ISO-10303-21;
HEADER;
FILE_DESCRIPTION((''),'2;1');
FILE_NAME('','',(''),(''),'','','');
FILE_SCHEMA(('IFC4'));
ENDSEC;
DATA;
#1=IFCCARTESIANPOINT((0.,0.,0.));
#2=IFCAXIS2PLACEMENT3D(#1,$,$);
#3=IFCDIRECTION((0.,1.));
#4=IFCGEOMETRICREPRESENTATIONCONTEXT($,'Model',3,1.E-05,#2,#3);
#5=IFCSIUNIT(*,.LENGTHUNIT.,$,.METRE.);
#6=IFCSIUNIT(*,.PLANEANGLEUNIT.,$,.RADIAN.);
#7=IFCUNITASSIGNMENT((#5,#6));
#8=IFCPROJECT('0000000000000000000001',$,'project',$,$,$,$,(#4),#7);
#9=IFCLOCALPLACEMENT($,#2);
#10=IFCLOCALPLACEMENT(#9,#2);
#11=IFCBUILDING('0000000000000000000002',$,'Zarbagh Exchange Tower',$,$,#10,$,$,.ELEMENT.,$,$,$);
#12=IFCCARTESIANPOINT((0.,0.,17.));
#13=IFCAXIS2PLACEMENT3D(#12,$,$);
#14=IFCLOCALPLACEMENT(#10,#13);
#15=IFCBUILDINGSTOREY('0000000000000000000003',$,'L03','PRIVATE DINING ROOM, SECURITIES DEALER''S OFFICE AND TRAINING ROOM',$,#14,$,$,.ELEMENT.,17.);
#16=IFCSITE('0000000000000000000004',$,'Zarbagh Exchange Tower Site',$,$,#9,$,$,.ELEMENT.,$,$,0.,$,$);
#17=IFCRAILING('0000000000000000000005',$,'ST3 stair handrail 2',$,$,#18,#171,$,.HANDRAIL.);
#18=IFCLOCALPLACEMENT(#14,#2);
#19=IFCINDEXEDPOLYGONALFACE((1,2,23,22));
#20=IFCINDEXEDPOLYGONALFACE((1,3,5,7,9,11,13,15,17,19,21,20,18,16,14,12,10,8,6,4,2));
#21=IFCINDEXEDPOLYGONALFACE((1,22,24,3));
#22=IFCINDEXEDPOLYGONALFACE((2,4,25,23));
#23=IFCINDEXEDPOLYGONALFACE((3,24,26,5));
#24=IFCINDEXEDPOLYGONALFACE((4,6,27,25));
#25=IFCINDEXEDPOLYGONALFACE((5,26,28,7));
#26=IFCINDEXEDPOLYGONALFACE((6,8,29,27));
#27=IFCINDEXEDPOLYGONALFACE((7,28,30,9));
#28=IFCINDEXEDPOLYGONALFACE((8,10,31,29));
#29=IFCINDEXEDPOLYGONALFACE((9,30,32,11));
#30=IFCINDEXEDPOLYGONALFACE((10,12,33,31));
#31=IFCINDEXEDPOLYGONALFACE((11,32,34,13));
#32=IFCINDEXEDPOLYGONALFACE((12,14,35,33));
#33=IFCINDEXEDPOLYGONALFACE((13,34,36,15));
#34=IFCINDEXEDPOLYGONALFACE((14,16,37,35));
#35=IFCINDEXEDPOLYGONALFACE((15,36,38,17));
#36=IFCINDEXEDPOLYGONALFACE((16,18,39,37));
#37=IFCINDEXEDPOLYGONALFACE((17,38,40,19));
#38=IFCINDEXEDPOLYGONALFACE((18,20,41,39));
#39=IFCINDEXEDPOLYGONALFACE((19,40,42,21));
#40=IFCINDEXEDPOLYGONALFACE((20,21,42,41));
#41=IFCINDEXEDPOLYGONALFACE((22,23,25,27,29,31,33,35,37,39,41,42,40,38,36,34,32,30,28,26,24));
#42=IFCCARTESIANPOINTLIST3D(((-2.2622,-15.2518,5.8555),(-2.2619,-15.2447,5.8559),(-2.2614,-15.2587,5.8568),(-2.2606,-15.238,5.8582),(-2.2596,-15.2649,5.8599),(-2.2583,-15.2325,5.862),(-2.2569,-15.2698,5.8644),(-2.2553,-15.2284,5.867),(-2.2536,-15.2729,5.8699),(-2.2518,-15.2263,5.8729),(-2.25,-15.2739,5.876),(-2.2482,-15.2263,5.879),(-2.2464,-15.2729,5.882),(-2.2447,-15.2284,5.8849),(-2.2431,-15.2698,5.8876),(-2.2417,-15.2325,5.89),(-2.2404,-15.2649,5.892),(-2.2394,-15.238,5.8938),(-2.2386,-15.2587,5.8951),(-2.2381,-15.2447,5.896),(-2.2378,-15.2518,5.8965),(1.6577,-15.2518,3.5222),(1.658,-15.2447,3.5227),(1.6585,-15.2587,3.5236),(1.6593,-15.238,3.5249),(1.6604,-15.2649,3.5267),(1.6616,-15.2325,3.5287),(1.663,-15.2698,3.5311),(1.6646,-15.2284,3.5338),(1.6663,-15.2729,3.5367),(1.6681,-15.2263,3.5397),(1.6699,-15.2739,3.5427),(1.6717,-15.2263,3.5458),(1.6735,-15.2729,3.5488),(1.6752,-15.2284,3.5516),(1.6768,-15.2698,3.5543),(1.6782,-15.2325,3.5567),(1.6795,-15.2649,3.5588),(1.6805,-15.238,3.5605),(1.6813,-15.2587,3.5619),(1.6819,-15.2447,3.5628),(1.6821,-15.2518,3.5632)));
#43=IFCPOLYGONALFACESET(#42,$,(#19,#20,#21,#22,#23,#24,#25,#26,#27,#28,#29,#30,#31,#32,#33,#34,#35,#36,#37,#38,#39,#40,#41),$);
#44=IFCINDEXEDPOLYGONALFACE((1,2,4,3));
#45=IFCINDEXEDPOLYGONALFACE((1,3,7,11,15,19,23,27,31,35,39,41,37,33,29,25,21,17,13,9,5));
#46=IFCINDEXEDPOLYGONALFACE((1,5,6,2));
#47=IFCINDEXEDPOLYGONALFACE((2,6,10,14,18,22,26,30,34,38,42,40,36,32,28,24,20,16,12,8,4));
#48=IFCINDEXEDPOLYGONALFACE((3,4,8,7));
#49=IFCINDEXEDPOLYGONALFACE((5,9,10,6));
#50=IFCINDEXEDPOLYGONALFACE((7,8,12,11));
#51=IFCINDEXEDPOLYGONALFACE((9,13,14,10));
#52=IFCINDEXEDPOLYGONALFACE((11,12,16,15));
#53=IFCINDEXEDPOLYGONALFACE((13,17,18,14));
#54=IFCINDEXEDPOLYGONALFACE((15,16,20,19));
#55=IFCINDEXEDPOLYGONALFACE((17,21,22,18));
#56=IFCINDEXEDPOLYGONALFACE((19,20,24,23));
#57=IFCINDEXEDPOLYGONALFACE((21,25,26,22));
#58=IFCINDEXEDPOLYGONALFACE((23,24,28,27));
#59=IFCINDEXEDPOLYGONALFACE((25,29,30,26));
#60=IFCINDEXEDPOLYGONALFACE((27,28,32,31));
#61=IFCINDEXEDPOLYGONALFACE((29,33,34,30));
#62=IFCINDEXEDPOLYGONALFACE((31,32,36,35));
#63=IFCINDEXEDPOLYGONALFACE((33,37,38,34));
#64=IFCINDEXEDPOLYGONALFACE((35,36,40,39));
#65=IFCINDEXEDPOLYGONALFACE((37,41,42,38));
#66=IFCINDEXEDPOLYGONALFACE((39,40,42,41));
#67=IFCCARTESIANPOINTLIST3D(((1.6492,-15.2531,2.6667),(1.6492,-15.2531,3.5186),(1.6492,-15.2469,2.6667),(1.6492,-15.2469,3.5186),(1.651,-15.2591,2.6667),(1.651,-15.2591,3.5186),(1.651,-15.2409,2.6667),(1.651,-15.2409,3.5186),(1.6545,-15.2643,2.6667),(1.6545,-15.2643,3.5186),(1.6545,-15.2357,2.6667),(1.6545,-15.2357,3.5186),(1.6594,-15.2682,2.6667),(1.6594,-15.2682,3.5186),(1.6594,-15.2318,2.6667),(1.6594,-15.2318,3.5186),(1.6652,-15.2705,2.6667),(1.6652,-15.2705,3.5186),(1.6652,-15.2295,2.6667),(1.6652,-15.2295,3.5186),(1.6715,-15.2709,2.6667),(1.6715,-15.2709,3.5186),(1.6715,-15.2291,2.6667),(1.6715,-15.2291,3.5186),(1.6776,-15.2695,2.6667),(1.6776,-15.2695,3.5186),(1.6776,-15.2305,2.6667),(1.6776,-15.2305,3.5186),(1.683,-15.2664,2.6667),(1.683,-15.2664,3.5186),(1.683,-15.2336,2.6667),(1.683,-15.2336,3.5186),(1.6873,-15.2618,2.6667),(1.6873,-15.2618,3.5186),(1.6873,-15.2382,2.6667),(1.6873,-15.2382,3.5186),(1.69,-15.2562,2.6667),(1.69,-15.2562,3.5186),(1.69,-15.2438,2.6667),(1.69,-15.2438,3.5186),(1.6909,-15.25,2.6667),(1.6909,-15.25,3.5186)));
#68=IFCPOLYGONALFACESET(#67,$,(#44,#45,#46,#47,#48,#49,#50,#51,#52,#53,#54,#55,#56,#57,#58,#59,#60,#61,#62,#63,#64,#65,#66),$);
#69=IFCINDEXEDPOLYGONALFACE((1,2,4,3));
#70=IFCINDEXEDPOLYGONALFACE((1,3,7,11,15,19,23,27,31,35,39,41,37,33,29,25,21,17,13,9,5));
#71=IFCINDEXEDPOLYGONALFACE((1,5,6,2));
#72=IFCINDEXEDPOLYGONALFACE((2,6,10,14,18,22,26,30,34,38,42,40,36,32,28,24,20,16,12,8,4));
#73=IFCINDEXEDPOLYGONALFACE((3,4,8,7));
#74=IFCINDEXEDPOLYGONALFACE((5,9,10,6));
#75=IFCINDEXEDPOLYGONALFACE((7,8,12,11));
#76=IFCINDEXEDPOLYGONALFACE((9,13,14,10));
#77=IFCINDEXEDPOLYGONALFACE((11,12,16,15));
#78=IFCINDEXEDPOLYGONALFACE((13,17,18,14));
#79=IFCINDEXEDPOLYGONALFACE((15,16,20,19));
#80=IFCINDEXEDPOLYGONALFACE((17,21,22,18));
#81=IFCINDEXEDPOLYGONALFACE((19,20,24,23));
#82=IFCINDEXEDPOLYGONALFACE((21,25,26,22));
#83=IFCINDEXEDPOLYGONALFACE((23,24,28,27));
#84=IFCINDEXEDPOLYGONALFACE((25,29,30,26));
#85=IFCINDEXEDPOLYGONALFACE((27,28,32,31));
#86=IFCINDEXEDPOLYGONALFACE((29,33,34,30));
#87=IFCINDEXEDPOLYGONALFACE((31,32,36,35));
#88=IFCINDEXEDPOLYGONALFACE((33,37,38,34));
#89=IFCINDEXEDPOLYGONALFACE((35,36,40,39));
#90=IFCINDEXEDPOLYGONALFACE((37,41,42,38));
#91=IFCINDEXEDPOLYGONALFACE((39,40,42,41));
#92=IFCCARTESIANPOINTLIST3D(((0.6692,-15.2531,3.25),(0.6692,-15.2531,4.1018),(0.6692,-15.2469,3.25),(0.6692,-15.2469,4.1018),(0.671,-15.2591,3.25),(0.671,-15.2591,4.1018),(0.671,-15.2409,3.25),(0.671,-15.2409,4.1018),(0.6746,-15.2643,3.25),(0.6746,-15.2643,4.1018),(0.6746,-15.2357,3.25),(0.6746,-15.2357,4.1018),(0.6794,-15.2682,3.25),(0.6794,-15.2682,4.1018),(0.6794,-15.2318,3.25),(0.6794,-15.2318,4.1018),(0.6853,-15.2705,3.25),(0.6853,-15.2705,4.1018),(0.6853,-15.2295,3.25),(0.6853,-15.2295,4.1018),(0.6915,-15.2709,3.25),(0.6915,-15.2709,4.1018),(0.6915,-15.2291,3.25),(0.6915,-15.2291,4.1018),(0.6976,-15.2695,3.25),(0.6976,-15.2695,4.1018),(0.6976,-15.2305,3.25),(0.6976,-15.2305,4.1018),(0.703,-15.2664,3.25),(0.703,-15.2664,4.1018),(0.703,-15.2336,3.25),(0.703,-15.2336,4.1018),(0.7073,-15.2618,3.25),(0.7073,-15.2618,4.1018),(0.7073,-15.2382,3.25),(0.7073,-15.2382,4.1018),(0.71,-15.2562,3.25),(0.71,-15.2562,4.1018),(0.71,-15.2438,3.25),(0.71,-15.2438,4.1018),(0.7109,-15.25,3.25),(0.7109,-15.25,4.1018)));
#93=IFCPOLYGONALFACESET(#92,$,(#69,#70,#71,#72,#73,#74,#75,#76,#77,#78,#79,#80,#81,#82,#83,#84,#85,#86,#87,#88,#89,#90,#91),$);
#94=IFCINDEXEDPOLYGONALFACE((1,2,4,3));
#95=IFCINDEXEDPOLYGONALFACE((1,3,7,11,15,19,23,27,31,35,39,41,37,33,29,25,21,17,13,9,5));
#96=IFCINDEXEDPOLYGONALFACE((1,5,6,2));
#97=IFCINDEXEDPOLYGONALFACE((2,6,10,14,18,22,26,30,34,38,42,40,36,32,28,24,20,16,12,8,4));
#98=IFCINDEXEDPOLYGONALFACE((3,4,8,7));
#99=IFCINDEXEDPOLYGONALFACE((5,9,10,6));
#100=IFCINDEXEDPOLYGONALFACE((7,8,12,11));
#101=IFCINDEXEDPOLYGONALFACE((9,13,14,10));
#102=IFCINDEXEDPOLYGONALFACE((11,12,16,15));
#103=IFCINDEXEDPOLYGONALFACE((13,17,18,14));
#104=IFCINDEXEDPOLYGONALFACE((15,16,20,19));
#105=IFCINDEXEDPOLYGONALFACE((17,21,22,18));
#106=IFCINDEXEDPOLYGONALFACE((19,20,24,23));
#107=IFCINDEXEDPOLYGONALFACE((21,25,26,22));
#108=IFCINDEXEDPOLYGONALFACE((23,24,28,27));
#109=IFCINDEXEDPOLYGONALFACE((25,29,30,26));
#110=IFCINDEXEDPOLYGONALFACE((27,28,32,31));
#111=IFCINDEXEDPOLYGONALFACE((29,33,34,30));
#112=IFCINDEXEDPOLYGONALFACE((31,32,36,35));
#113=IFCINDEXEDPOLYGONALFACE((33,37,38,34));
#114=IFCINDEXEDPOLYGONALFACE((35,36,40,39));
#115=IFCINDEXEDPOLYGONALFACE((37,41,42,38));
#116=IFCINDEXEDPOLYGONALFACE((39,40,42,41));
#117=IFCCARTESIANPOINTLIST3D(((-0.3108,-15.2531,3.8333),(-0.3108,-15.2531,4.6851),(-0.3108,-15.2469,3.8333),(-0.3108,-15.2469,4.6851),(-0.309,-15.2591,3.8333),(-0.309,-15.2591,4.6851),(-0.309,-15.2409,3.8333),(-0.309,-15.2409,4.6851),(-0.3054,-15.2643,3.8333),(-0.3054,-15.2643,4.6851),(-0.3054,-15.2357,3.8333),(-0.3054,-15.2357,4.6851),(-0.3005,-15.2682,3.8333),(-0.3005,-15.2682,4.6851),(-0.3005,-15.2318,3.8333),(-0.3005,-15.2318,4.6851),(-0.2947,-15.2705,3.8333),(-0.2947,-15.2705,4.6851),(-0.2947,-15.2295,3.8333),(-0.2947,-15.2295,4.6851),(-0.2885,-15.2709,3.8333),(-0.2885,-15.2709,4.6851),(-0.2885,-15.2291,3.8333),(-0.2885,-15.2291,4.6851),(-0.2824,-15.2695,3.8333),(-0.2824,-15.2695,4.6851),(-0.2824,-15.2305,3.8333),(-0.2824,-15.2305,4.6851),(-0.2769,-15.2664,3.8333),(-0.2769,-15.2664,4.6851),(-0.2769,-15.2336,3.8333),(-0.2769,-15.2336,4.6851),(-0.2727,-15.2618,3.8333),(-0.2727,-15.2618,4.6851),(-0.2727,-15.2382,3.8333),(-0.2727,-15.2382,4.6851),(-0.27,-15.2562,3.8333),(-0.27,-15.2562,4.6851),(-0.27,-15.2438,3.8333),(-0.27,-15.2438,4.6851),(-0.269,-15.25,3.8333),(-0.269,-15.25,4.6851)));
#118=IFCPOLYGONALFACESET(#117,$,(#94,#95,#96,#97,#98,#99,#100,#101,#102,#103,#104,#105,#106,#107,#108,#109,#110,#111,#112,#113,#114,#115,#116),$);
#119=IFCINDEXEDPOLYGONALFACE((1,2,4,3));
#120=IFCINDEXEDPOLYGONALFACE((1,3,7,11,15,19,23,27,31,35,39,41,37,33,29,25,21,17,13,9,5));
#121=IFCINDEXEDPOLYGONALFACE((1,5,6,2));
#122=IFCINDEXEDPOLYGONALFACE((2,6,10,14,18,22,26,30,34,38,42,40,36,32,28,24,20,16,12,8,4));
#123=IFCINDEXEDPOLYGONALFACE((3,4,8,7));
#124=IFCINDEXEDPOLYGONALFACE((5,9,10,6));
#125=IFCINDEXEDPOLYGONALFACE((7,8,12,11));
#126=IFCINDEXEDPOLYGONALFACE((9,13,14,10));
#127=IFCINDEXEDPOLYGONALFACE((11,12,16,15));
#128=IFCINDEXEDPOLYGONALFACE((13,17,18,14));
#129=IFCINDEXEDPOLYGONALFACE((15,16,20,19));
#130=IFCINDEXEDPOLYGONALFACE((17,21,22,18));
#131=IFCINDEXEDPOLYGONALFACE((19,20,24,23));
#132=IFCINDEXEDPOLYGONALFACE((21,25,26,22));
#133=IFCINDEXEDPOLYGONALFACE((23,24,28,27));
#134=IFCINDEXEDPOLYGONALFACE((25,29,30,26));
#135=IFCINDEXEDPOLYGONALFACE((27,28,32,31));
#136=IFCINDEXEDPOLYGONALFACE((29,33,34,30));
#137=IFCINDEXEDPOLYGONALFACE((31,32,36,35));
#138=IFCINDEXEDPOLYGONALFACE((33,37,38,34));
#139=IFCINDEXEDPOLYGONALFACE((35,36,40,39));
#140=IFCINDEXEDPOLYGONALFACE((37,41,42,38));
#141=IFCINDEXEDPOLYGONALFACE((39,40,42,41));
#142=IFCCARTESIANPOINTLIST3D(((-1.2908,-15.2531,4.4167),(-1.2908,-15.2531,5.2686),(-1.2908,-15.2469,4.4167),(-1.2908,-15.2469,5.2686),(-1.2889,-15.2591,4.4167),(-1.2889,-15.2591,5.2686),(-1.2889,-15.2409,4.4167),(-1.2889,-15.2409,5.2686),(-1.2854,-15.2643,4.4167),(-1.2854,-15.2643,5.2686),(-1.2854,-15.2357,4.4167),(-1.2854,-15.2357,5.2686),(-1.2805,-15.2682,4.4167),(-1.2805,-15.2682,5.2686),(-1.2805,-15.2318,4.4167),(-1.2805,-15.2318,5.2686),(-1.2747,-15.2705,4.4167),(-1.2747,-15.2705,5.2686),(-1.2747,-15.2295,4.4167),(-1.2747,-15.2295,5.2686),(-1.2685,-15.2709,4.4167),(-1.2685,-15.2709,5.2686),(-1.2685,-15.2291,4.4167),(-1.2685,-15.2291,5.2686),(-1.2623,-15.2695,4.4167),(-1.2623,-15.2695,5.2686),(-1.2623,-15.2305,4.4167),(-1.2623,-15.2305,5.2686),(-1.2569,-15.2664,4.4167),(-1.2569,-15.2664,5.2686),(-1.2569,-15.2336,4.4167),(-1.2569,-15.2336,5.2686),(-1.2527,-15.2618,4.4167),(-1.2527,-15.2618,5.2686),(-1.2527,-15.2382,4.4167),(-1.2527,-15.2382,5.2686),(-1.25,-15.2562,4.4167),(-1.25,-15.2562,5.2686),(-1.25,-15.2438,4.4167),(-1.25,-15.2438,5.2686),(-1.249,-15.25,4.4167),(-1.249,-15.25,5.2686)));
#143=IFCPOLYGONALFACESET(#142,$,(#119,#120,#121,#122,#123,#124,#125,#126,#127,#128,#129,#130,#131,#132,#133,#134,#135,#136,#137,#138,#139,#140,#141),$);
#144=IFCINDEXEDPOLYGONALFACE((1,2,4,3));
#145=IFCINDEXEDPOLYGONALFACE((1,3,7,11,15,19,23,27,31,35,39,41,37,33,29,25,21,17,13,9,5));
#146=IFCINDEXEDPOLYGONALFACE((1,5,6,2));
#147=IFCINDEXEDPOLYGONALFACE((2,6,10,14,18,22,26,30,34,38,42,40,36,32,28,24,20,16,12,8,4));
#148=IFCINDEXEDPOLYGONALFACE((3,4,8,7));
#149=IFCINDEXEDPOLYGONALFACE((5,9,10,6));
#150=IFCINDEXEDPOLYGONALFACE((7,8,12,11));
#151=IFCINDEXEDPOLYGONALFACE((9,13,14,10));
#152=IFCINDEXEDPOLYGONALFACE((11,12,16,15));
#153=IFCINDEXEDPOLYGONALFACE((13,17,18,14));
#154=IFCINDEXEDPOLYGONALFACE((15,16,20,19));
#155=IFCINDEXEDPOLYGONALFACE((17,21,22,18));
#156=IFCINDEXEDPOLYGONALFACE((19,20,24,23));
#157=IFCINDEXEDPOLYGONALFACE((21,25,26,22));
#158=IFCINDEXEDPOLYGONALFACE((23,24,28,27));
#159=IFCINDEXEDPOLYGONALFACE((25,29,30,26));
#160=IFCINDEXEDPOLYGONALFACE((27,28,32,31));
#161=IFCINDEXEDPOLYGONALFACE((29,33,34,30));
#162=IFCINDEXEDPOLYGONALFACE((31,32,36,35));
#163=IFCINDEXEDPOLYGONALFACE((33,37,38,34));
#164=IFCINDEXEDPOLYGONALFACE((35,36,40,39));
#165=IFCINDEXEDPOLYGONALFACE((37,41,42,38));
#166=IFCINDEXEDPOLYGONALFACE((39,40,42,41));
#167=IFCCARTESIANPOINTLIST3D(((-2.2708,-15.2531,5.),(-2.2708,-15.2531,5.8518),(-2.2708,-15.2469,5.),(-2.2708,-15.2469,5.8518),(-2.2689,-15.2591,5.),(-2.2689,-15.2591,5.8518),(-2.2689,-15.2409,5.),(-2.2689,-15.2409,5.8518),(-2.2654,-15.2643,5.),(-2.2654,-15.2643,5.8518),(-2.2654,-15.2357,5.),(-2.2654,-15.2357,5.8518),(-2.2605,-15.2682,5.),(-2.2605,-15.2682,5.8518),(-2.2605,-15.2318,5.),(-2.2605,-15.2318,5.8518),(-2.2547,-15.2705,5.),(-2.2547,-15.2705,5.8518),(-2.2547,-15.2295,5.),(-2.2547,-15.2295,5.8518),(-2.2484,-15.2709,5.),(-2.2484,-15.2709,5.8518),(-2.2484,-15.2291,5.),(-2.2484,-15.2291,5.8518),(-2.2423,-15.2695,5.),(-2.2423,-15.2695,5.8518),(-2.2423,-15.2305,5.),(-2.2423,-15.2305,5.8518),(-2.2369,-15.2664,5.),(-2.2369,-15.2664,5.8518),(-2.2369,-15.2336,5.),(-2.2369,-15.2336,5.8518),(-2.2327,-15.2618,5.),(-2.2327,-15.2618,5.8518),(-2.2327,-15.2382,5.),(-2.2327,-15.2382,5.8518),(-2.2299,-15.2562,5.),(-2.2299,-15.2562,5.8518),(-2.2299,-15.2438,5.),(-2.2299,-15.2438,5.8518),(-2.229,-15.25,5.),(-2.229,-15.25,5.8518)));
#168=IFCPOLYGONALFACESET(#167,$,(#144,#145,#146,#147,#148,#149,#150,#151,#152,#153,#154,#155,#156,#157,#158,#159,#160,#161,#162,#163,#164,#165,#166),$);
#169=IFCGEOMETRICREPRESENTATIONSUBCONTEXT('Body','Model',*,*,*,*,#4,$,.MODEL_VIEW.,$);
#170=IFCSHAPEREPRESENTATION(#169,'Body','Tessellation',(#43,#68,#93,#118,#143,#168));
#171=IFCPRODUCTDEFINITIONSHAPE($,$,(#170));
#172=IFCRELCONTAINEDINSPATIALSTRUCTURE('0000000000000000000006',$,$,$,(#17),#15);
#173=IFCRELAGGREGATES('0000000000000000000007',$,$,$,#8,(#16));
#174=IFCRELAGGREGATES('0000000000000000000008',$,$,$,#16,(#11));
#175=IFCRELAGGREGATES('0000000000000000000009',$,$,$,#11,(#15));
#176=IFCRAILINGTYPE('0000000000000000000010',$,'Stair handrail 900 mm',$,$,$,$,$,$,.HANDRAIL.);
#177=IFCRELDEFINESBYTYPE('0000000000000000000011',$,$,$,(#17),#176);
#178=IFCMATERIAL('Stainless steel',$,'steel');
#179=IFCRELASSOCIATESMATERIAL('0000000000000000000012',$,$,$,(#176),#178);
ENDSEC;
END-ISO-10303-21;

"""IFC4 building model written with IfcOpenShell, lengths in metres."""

from ifc_helpers import new_model, si_unit, direction, frame, origin, origin_2d, place, context, subcontext, project, spatial, circle, extrude, material, type_object, element, save


model = new_model("IFC4")

# Units and contexts
model_context = context("Model", 3, precision=1e-05, world=origin(), true_north=direction((0.0, 1.0)))
body_context = subcontext(model_context, "Body", "Model", "MODEL_VIEW")
ifc_project = project(units=[si_unit("LENGTHUNIT", "METRE"), si_unit("PLANEANGLEUNIT", "RADIAN")], contexts=[model_context])

# Site, building, storey
site_placement = place(None, origin())
site = spatial("IfcSite", under=ifc_project, at=site_placement, Name="Zarbagh Exchange Tower Site", CompositionType="ELEMENT", RefElevation=0.0)
building_placement = place(site_placement, origin())
building = spatial("IfcBuilding", under=site, at=building_placement, Name="Zarbagh Exchange Tower", CompositionType="ELEMENT")
storey_placement = place(building_placement, frame((0.0, 0.0, 17.0)))
storey = spatial("IfcBuildingStorey", under=building, at=storey_placement, Name="L03", Description="PRIVATE DINING ROOM, SECURITIES DEALER'S OFFICE AND TRAINING ROOM", CompositionType="ELEMENT", Elevation=17.0)

# Railing
ifc_material_1 = material(Name="Stainless steel", Category="steel")
railing_type_1 = type_object("IfcRailingType", Name="Stair handrail 900 mm", PredefinedType="HANDRAIL", material=ifc_material_1)
for number, where, name in (
    (1, (1.6699, -15.25, 2.6667), "ST3 stair handrail 2"),
):
    element("IfcRailing", number, at=place(storey_placement, frame(where)), inside=storey, type_object=railing_type_1, Name=name, PredefinedType="HANDRAIL", context=body_context, shape_type="SweptSolid", body=[
        extrude(circle(Radius=0.0239, at=origin_2d()), frame((0.0, 0.0, 0.876), z_axis=(-0.859296, 0.0, 0.511478), x_axis=(0.0, -1.0, 0.0)), (0.0, 0.0, 1.0), 4.5618),
        extrude(circle(Radius=0.021, at=origin_2d()), origin(), (0.0, 0.0, 1.0), 0.8518),
        extrude(circle(Radius=0.021, at=origin_2d()), frame((-0.98, 0.0, 0.5833)), (0.0, 0.0, 1.0), 0.8518),
        extrude(circle(Radius=0.021, at=origin_2d()), frame((-1.96, 0.0, 1.1665)), (0.0, 0.0, 1.0), 0.8518),
        extrude(circle(Radius=0.021, at=origin_2d()), frame((-2.9399, 0.0, 1.75)), (0.0, 0.0, 1.0), 0.8518),
        extrude(circle(Radius=0.021, at=origin_2d()), frame((-3.9199, 0.0, 2.3333)), (0.0, 0.0, 1.0), 0.8518),
    ])

save(model, "model.ifc")
